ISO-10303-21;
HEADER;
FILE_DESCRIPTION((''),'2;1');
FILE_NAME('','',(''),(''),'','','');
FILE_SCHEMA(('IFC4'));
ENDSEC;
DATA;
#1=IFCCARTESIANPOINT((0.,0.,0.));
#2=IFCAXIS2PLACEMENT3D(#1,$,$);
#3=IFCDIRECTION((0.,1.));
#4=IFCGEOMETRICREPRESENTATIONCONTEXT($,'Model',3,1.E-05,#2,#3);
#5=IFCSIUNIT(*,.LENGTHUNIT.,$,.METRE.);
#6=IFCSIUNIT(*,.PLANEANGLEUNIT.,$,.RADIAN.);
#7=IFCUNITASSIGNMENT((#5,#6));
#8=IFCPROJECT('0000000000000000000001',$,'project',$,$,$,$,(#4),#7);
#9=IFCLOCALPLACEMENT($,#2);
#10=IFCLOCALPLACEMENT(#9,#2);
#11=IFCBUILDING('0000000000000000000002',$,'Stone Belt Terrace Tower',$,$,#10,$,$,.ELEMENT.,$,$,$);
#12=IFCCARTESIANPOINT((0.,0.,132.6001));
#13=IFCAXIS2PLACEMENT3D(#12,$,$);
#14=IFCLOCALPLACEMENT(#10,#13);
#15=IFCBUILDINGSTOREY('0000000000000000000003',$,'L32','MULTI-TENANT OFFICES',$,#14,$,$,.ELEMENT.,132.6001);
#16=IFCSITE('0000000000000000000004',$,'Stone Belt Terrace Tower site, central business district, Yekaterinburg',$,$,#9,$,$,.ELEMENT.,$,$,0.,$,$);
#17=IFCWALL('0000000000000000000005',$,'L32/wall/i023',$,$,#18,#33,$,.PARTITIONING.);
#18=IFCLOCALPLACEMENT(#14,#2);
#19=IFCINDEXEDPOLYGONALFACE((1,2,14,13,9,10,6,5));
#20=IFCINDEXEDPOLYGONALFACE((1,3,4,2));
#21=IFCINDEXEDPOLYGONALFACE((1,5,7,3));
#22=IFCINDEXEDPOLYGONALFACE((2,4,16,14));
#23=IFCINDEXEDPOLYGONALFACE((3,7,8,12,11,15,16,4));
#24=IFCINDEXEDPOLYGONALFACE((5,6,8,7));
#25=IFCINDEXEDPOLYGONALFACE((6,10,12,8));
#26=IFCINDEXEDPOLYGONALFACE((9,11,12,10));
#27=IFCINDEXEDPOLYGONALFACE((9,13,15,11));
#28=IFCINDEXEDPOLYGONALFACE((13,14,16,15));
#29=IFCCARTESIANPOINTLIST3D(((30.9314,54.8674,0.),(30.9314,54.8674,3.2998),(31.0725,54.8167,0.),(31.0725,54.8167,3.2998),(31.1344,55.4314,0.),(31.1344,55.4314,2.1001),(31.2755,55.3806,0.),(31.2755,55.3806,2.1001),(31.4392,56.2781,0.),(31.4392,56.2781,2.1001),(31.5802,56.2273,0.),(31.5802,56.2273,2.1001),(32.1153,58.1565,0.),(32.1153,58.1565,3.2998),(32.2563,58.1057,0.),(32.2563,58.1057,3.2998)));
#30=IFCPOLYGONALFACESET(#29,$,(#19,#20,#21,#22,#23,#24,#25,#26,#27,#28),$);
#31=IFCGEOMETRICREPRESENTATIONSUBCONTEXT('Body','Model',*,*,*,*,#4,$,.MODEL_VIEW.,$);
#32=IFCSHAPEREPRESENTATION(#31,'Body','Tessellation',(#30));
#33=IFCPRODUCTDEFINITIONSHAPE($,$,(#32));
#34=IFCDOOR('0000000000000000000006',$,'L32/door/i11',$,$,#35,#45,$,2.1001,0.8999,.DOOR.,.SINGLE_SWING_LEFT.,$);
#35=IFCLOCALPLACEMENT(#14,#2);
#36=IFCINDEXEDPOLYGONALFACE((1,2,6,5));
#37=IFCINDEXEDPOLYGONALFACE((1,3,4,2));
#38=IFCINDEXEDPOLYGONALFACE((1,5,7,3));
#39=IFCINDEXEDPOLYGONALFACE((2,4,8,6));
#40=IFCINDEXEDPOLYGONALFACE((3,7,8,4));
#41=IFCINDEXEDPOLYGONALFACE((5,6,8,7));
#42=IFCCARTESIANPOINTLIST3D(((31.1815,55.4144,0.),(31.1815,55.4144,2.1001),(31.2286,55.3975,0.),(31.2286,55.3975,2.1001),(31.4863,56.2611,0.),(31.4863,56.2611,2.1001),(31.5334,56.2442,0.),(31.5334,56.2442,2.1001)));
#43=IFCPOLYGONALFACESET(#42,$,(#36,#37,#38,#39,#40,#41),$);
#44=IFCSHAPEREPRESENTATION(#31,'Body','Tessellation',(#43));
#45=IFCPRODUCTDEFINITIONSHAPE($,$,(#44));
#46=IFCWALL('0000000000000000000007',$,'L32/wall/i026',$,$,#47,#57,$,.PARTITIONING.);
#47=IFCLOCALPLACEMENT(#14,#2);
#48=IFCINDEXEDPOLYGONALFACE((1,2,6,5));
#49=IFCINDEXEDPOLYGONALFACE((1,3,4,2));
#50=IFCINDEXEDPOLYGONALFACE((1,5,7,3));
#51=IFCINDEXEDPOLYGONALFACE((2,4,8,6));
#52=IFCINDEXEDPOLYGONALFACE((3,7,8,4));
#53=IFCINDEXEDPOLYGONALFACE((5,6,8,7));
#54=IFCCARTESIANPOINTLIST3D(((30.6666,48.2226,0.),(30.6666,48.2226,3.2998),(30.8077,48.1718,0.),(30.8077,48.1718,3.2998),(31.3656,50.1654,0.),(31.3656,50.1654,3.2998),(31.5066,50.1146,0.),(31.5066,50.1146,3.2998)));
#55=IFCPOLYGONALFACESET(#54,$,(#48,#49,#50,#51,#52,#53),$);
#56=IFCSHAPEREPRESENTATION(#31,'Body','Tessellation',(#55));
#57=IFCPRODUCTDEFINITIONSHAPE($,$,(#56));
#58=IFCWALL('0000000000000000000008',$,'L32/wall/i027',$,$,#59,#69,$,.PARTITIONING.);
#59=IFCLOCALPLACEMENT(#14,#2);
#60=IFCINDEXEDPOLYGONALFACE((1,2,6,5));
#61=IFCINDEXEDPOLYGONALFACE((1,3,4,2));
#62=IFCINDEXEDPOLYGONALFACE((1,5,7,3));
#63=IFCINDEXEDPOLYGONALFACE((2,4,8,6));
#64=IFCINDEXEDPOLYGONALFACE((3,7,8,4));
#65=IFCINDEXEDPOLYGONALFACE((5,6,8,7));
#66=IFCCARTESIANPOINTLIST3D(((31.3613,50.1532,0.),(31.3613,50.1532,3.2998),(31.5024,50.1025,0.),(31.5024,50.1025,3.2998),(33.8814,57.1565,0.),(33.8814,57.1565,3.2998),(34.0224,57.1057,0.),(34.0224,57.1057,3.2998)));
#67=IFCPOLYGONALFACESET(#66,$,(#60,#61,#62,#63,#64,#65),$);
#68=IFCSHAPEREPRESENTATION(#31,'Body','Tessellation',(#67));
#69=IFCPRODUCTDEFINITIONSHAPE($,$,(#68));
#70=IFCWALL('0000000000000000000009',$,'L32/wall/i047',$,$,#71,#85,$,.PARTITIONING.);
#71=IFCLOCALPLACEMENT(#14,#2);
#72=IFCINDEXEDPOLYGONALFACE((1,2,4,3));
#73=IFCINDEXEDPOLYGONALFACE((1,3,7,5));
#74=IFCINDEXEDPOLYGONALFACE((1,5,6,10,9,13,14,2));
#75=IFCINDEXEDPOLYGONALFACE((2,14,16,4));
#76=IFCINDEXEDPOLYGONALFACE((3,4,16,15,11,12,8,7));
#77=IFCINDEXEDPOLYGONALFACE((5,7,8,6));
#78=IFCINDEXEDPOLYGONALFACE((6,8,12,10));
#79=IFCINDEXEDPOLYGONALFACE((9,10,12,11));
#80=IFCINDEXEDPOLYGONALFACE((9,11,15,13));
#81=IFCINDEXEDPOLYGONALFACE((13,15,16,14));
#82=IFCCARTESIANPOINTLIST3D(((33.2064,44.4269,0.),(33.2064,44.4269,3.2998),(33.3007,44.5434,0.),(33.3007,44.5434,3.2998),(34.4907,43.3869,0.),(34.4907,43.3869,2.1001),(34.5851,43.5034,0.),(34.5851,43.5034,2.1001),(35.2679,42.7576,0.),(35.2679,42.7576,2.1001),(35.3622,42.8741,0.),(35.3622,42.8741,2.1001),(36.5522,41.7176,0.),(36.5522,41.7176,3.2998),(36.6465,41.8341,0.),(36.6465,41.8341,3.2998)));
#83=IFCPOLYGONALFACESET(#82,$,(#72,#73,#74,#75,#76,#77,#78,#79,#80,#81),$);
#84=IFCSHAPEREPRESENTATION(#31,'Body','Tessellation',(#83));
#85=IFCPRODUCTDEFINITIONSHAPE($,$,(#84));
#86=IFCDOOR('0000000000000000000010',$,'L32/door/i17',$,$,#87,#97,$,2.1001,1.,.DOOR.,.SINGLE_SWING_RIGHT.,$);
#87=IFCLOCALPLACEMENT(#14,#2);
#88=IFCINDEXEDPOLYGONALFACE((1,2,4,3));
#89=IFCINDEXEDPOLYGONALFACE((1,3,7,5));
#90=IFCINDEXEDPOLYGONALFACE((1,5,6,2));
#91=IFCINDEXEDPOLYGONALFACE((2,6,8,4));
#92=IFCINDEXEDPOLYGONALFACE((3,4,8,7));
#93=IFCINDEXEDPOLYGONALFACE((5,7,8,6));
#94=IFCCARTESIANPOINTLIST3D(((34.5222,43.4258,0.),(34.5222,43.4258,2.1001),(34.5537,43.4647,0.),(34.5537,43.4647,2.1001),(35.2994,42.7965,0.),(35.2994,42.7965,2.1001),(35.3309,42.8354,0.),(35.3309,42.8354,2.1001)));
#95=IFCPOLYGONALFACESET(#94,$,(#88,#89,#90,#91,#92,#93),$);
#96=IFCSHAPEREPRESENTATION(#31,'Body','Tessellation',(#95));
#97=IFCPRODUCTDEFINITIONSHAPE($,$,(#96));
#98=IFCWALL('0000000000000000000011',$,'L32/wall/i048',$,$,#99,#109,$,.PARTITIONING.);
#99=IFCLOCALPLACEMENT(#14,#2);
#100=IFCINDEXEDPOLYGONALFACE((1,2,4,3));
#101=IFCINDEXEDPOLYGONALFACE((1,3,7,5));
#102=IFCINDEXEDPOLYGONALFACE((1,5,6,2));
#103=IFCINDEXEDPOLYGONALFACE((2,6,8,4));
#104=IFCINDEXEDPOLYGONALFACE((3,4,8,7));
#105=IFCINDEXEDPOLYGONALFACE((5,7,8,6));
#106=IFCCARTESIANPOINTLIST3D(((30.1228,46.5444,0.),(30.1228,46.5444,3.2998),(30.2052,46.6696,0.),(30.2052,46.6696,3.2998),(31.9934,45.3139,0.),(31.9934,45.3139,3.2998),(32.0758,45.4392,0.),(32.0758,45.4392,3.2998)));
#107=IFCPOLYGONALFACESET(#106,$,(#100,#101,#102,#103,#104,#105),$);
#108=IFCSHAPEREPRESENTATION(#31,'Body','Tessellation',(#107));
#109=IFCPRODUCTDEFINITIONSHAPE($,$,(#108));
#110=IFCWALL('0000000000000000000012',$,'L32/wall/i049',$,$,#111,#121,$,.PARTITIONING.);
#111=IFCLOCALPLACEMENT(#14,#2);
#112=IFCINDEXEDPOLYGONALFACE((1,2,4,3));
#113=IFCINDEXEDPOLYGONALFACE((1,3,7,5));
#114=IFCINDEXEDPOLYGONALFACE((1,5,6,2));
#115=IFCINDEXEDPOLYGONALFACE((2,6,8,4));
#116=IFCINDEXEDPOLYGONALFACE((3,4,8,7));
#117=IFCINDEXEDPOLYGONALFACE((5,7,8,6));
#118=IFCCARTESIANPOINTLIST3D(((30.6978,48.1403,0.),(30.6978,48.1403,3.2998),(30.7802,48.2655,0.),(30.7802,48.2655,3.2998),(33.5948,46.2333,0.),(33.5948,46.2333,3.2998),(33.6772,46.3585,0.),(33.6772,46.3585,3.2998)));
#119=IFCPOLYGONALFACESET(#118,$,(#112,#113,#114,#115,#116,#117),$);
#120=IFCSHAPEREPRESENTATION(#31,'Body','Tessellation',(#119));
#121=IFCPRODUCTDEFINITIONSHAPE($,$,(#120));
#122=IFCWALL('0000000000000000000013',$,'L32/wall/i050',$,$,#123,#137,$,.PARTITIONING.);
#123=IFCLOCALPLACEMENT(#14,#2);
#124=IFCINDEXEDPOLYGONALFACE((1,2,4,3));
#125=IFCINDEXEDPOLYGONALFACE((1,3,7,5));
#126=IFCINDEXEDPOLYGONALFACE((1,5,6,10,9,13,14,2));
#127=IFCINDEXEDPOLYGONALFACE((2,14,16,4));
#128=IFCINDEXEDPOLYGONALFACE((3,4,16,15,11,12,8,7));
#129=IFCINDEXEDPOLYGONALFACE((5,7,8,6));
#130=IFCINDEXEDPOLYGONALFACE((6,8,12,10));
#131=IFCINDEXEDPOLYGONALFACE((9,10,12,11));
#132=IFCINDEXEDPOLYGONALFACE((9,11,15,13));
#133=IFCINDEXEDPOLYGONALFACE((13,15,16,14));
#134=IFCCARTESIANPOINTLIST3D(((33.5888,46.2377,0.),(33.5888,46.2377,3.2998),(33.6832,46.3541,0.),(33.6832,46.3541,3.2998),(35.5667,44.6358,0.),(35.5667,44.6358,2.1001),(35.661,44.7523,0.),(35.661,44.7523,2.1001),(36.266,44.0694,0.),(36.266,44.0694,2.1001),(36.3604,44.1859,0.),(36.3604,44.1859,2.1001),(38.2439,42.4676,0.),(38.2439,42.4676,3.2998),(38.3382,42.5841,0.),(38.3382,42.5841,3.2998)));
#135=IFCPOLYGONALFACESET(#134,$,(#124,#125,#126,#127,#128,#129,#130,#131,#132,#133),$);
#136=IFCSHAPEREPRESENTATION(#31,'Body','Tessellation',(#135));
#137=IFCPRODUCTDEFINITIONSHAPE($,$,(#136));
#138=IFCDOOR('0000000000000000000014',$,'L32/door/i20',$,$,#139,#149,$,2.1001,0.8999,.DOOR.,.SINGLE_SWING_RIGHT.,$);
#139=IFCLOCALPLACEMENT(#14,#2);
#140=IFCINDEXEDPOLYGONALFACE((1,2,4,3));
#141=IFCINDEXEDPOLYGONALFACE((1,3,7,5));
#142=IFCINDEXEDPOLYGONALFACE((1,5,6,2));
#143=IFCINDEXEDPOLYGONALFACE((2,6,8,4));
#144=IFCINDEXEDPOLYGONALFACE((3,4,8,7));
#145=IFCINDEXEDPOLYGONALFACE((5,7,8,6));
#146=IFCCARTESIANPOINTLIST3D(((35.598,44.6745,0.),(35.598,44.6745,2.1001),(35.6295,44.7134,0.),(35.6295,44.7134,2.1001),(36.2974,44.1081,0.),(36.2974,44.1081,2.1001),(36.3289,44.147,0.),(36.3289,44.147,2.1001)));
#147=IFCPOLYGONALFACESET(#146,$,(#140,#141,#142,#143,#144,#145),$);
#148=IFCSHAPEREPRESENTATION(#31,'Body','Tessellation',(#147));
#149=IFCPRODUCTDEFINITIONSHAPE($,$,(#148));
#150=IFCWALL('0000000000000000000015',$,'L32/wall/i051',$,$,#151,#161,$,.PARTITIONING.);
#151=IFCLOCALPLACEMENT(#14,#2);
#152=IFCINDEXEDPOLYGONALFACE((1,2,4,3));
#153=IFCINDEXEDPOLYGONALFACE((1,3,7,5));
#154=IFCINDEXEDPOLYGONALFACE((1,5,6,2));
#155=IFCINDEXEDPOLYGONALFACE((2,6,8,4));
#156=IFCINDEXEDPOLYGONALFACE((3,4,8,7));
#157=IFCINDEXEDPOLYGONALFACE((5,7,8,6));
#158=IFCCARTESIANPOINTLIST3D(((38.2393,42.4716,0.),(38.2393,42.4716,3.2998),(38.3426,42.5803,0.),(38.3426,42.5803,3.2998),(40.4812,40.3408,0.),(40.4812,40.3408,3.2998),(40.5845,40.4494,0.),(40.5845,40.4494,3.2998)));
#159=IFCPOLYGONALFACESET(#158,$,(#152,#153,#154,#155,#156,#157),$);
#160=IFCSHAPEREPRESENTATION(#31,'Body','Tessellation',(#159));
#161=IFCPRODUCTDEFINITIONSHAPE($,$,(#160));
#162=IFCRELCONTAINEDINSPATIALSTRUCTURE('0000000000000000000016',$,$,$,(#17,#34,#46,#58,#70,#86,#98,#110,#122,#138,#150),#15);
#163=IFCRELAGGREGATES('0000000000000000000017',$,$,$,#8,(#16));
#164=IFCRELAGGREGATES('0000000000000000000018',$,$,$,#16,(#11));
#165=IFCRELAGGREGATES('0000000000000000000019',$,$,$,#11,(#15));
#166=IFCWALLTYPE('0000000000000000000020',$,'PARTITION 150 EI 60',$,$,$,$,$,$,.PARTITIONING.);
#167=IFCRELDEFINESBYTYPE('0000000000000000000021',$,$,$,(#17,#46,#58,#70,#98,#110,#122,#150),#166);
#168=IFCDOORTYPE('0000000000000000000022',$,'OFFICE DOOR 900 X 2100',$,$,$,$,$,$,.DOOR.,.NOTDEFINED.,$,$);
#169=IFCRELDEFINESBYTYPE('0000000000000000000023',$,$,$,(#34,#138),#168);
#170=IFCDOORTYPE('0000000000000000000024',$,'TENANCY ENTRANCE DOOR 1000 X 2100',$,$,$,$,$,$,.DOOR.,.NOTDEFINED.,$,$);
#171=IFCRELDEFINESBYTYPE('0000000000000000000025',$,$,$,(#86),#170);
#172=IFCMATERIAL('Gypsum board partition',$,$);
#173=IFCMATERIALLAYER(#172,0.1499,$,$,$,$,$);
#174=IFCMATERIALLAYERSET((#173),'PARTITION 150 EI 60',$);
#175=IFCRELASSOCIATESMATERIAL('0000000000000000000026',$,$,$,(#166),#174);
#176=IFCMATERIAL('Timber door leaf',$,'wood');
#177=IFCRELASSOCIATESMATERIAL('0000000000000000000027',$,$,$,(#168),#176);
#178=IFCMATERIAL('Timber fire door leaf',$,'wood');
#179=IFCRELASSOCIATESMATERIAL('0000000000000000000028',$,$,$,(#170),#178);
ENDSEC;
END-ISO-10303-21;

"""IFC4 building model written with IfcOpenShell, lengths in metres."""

from ifc_helpers import new_model, si_unit, direction, frame, frame_2d, origin, place, context, subcontext, project, spatial, rectangle, extrude, material, layer, layer_set, type_object, element, fill, save


model = new_model("IFC4")

# Units and contexts
model_context = context("Model", 3, precision=1e-05, world=origin(), true_north=direction((0.0, 1.0)))
body_context = subcontext(model_context, "Body", "Model", "MODEL_VIEW")
ifc_project = project(units=[si_unit("LENGTHUNIT", "METRE"), si_unit("PLANEANGLEUNIT", "RADIAN")], contexts=[model_context])

# Site, building, storey
site_placement = place(None, origin())
site = spatial("IfcSite", under=ifc_project, at=site_placement, Name="Stone Belt Terrace Tower site, central business district, Yekaterinburg", CompositionType="ELEMENT", RefElevation=0.0)
building_placement = place(site_placement, origin())
building = spatial("IfcBuilding", under=site, at=building_placement, Name="Stone Belt Terrace Tower", CompositionType="ELEMENT")
storey_placement = place(building_placement, frame((0.0, 0.0, 132.6001)))
storey = spatial("IfcBuildingStorey", under=building, at=storey_placement, Name="L32", Description="MULTI-TENANT OFFICES", CompositionType="ELEMENT", Elevation=132.6001)

# Wall, opening, door
ifc_material_1 = material(Name="Gypsum board partition")
ifc_layer_1 = layer(ifc_material_1, 0.1499)
ifc_layer_set_1 = layer_set([ifc_layer_1], Name="PARTITION 150 EI 60")
wall_type_1 = type_object("IfcWallType", Name="PARTITION 150 EI 60", PredefinedType="PARTITIONING", material=ifc_layer_set_1)
wall_1_placement = place(storey_placement, frame((31.002, 54.842, 0.0), z_axis=(0.0, 0.0, 1.0), x_axis=(0.338663, 0.940908, 0.0)))
wall_1 = element("IfcWall", 1, at=wall_1_placement, inside=storey, type_object=wall_type_1, Name="L32/wall/i023", PredefinedType="PARTITIONING", context=body_context, shape_type="SweptSolid", body=[
    extrude(rectangle(XDim=3.4956, YDim=0.1499, at=frame_2d((1.7478, 0.0))), origin(), (0.0, 0.0, 1.0), 3.2998),
])
opening_1_placement = place(wall_1_placement, frame((0.5994, 0.0, 0.0)))
opening_1 = element("IfcOpeningElement", 2, at=opening_1_placement, cuts=wall_1, PredefinedType="OPENING", context=body_context, shape_type="SweptSolid", body=[
    extrude(rectangle(XDim=0.8999, YDim=2.1001, at=frame_2d((0.45, 1.05))), frame((0.0, 0.085, 0.0), z_axis=(0.0, -1.0, 0.0), x_axis=(1.0, 0.0, 0.0)), (0.0, 0.0, 1.0), 0.1699),
])
ifc_material_2 = material(Name="Timber door leaf", Category="wood")
door_type_1 = type_object("IfcDoorType", Name="OFFICE DOOR 900 X 2100", OperationType="NOTDEFINED", PredefinedType="DOOR", material=ifc_material_2)
door_1_placement = place(opening_1_placement, origin())
door_1 = element("IfcDoor", 3, at=door_1_placement, inside=storey, type_object=door_type_1, Name="L32/door/i11", OperationType="SINGLE_SWING_LEFT", OverallHeight=2.1001, OverallWidth=0.8999, PredefinedType="DOOR", context=body_context, shape_type="SweptSolid", body=[
    extrude(rectangle(XDim=0.8999, YDim=2.1001, at=frame_2d((0.45, 1.05))), frame((0.0, 0.0249, 0.0), z_axis=(0.0, -1.0, 0.0), x_axis=(1.0, 0.0, 0.0)), (0.0, 0.0, 1.0), 0.05),
])
fill(opening_1, door_1)

# Walls
wall_2_placement = place(storey_placement, frame((31.436, 50.1399, 0.0), z_axis=(0.0, 0.0, 1.0), x_axis=(-0.338523, -0.940958, 0.0)))
element("IfcWall", 4, at=wall_2_placement, inside=storey, type_object=wall_type_1, Name="L32/wall/i026", PredefinedType="PARTITIONING", context=body_context, shape_type="SweptSolid", body=[
    extrude(rectangle(XDim=2.0647, YDim=0.1499, at=frame_2d((1.0322, 0.0))), origin(), (0.0, 0.0, 1.0), 3.2998),
])
wall_3_placement = place(storey_placement, frame((33.9519, 57.1311, 0.0), z_axis=(0.0, 0.0, 1.0), x_axis=(-0.338586, -0.940935, 0.0)))
element("IfcWall", 5, at=wall_3_placement, inside=storey, type_object=wall_type_1, Name="L32/wall/i027", PredefinedType="PARTITIONING", context=body_context, shape_type="SweptSolid", body=[
    extrude(rectangle(XDim=7.4429, YDim=0.1499, at=frame_2d((3.7214, 0.0))), origin(), (0.0, 0.0, 1.0), 3.2998),
])

# Wall, opening, door
wall_4_placement = place(storey_placement, frame((36.5994, 41.7759, 0.0), z_axis=(0.0, 0.0, 1.0), x_axis=(-0.777154, 0.629311, 0.0)))
wall_4 = element("IfcWall", 6, at=wall_4_placement, inside=storey, type_object=wall_type_1, Name="L32/wall/i047", PredefinedType="PARTITIONING", context=body_context, shape_type="SweptSolid", body=[
    extrude(rectangle(XDim=4.3052, YDim=0.1499, at=frame_2d((2.1526, 0.0))), origin(), (0.0, 0.0, 1.0), 3.2998),
])
opening_2_placement = place(wall_4_placement, frame((1.6526, 0.0, 0.0)))
opening_2 = element("IfcOpeningElement", 7, at=opening_2_placement, cuts=wall_4, PredefinedType="OPENING", context=body_context, shape_type="SweptSolid", body=[
    extrude(rectangle(XDim=1.0, YDim=2.1001, at=frame_2d((0.5, 1.05))), frame((0.0, 0.085, 0.0), z_axis=(0.0, -1.0, 0.0), x_axis=(1.0, 0.0, 0.0)), (0.0, 0.0, 1.0), 0.1699),
])
ifc_material_3 = material(Name="Timber fire door leaf", Category="wood")
door_type_2 = type_object("IfcDoorType", Name="TENANCY ENTRANCE DOOR 1000 X 2100", OperationType="NOTDEFINED", PredefinedType="DOOR", material=ifc_material_3)
door_2_placement = place(opening_2_placement, origin())
door_2 = element("IfcDoor", 8, at=door_2_placement, inside=storey, type_object=door_type_2, Name="L32/door/i17", OperationType="SINGLE_SWING_RIGHT", OverallHeight=2.1001, OverallWidth=1.0, PredefinedType="DOOR", context=body_context, shape_type="SweptSolid", body=[
    extrude(rectangle(XDim=1.0, YDim=2.1001, at=frame_2d((0.5, 1.05))), frame((0.0, 0.0249, 0.0), z_axis=(0.0, -1.0, 0.0), x_axis=(1.0, 0.0, 0.0)), (0.0, 0.0, 1.0), 0.05),
])
fill(opening_2, door_2)

# Walls
wall_5_placement = place(storey_placement, frame((32.0347, 45.3765, 0.0), z_axis=(0.0, 0.0, 1.0), x_axis=(-0.835457, 0.549556, 0.0)))
element("IfcWall", 9, at=wall_5_placement, inside=storey, type_object=wall_type_1, Name="L32/wall/i048", PredefinedType="PARTITIONING", context=body_context, shape_type="SweptSolid", body=[
    extrude(rectangle(XDim=2.239, YDim=0.1499, at=frame_2d((1.1196, 0.0))), origin(), (0.0, 0.0, 1.0), 3.2998),
])
wall_6_placement = place(storey_placement, frame((30.739, 48.2029, 0.0), z_axis=(0.0, 0.0, 1.0), x_axis=(0.835274, -0.549834, 0.0)))
element("IfcWall", 10, at=wall_6_placement, inside=storey, type_object=wall_type_1, Name="L32/wall/i049", PredefinedType="PARTITIONING", context=body_context, shape_type="SweptSolid", body=[
    extrude(rectangle(XDim=3.4683, YDim=0.1499, at=frame_2d((1.7341, 0.0))), origin(), (0.0, 0.0, 1.0), 3.2998),
])

# Wall, opening, door
wall_7_placement = place(storey_placement, frame((33.636, 46.2959, 0.0), z_axis=(0.0, 0.0, 1.0), x_axis=(0.777109, -0.629366, 0.0)))
wall_7 = element("IfcWall", 11, at=wall_7_placement, inside=storey, type_object=wall_type_1, Name="L32/wall/i050", PredefinedType="PARTITIONING", context=body_context, shape_type="SweptSolid", body=[
    extrude(rectangle(XDim=5.9902, YDim=0.1499, at=frame_2d((2.9951, 0.0))), origin(), (0.0, 0.0, 1.0), 3.2998),
])
opening_3_placement = place(wall_7_placement, frame((2.5452, 0.0, 0.0)))
opening_3 = element("IfcOpeningElement", 12, at=opening_3_placement, cuts=wall_7, PredefinedType="OPENING", context=body_context, shape_type="SweptSolid", body=[
    extrude(rectangle(XDim=0.8999, YDim=2.1001, at=frame_2d((0.45, 1.05))), frame((0.0, 0.085, 0.0), z_axis=(0.0, -1.0, 0.0), x_axis=(1.0, 0.0, 0.0)), (0.0, 0.0, 1.0), 0.1699),
])
door_3_placement = place(opening_3_placement, origin())
door_3 = element("IfcDoor", 13, at=door_3_placement, inside=storey, type_object=door_type_1, Name="L32/door/i20", OperationType="SINGLE_SWING_RIGHT", OverallHeight=2.1001, OverallWidth=0.8999, PredefinedType="DOOR", context=body_context, shape_type="SweptSolid", body=[
    extrude(rectangle(XDim=0.8999, YDim=2.1001, at=frame_2d((0.45, 1.05))), frame((0.0, 0.0249, 0.0), z_axis=(0.0, -1.0, 0.0), x_axis=(1.0, 0.0, 0.0)), (0.0, 0.0, 1.0), 0.05),
])
fill(opening_3, door_3)

# Wall
wall_8_placement = place(storey_placement, frame((38.291, 42.5259, 0.0), z_axis=(0.0, 0.0, 1.0), x_axis=(0.724836, -0.688922, 0.0)))
element("IfcWall", 14, at=wall_8_placement, inside=storey, type_object=wall_type_1, Name="L32/wall/i051", PredefinedType="PARTITIONING", context=body_context, shape_type="SweptSolid", body=[
    extrude(rectangle(XDim=3.093, YDim=0.1499, at=frame_2d((1.5464, 0.0))), origin(), (0.0, 0.0, 1.0), 3.2998),
])

save(model, "model.ifc")
